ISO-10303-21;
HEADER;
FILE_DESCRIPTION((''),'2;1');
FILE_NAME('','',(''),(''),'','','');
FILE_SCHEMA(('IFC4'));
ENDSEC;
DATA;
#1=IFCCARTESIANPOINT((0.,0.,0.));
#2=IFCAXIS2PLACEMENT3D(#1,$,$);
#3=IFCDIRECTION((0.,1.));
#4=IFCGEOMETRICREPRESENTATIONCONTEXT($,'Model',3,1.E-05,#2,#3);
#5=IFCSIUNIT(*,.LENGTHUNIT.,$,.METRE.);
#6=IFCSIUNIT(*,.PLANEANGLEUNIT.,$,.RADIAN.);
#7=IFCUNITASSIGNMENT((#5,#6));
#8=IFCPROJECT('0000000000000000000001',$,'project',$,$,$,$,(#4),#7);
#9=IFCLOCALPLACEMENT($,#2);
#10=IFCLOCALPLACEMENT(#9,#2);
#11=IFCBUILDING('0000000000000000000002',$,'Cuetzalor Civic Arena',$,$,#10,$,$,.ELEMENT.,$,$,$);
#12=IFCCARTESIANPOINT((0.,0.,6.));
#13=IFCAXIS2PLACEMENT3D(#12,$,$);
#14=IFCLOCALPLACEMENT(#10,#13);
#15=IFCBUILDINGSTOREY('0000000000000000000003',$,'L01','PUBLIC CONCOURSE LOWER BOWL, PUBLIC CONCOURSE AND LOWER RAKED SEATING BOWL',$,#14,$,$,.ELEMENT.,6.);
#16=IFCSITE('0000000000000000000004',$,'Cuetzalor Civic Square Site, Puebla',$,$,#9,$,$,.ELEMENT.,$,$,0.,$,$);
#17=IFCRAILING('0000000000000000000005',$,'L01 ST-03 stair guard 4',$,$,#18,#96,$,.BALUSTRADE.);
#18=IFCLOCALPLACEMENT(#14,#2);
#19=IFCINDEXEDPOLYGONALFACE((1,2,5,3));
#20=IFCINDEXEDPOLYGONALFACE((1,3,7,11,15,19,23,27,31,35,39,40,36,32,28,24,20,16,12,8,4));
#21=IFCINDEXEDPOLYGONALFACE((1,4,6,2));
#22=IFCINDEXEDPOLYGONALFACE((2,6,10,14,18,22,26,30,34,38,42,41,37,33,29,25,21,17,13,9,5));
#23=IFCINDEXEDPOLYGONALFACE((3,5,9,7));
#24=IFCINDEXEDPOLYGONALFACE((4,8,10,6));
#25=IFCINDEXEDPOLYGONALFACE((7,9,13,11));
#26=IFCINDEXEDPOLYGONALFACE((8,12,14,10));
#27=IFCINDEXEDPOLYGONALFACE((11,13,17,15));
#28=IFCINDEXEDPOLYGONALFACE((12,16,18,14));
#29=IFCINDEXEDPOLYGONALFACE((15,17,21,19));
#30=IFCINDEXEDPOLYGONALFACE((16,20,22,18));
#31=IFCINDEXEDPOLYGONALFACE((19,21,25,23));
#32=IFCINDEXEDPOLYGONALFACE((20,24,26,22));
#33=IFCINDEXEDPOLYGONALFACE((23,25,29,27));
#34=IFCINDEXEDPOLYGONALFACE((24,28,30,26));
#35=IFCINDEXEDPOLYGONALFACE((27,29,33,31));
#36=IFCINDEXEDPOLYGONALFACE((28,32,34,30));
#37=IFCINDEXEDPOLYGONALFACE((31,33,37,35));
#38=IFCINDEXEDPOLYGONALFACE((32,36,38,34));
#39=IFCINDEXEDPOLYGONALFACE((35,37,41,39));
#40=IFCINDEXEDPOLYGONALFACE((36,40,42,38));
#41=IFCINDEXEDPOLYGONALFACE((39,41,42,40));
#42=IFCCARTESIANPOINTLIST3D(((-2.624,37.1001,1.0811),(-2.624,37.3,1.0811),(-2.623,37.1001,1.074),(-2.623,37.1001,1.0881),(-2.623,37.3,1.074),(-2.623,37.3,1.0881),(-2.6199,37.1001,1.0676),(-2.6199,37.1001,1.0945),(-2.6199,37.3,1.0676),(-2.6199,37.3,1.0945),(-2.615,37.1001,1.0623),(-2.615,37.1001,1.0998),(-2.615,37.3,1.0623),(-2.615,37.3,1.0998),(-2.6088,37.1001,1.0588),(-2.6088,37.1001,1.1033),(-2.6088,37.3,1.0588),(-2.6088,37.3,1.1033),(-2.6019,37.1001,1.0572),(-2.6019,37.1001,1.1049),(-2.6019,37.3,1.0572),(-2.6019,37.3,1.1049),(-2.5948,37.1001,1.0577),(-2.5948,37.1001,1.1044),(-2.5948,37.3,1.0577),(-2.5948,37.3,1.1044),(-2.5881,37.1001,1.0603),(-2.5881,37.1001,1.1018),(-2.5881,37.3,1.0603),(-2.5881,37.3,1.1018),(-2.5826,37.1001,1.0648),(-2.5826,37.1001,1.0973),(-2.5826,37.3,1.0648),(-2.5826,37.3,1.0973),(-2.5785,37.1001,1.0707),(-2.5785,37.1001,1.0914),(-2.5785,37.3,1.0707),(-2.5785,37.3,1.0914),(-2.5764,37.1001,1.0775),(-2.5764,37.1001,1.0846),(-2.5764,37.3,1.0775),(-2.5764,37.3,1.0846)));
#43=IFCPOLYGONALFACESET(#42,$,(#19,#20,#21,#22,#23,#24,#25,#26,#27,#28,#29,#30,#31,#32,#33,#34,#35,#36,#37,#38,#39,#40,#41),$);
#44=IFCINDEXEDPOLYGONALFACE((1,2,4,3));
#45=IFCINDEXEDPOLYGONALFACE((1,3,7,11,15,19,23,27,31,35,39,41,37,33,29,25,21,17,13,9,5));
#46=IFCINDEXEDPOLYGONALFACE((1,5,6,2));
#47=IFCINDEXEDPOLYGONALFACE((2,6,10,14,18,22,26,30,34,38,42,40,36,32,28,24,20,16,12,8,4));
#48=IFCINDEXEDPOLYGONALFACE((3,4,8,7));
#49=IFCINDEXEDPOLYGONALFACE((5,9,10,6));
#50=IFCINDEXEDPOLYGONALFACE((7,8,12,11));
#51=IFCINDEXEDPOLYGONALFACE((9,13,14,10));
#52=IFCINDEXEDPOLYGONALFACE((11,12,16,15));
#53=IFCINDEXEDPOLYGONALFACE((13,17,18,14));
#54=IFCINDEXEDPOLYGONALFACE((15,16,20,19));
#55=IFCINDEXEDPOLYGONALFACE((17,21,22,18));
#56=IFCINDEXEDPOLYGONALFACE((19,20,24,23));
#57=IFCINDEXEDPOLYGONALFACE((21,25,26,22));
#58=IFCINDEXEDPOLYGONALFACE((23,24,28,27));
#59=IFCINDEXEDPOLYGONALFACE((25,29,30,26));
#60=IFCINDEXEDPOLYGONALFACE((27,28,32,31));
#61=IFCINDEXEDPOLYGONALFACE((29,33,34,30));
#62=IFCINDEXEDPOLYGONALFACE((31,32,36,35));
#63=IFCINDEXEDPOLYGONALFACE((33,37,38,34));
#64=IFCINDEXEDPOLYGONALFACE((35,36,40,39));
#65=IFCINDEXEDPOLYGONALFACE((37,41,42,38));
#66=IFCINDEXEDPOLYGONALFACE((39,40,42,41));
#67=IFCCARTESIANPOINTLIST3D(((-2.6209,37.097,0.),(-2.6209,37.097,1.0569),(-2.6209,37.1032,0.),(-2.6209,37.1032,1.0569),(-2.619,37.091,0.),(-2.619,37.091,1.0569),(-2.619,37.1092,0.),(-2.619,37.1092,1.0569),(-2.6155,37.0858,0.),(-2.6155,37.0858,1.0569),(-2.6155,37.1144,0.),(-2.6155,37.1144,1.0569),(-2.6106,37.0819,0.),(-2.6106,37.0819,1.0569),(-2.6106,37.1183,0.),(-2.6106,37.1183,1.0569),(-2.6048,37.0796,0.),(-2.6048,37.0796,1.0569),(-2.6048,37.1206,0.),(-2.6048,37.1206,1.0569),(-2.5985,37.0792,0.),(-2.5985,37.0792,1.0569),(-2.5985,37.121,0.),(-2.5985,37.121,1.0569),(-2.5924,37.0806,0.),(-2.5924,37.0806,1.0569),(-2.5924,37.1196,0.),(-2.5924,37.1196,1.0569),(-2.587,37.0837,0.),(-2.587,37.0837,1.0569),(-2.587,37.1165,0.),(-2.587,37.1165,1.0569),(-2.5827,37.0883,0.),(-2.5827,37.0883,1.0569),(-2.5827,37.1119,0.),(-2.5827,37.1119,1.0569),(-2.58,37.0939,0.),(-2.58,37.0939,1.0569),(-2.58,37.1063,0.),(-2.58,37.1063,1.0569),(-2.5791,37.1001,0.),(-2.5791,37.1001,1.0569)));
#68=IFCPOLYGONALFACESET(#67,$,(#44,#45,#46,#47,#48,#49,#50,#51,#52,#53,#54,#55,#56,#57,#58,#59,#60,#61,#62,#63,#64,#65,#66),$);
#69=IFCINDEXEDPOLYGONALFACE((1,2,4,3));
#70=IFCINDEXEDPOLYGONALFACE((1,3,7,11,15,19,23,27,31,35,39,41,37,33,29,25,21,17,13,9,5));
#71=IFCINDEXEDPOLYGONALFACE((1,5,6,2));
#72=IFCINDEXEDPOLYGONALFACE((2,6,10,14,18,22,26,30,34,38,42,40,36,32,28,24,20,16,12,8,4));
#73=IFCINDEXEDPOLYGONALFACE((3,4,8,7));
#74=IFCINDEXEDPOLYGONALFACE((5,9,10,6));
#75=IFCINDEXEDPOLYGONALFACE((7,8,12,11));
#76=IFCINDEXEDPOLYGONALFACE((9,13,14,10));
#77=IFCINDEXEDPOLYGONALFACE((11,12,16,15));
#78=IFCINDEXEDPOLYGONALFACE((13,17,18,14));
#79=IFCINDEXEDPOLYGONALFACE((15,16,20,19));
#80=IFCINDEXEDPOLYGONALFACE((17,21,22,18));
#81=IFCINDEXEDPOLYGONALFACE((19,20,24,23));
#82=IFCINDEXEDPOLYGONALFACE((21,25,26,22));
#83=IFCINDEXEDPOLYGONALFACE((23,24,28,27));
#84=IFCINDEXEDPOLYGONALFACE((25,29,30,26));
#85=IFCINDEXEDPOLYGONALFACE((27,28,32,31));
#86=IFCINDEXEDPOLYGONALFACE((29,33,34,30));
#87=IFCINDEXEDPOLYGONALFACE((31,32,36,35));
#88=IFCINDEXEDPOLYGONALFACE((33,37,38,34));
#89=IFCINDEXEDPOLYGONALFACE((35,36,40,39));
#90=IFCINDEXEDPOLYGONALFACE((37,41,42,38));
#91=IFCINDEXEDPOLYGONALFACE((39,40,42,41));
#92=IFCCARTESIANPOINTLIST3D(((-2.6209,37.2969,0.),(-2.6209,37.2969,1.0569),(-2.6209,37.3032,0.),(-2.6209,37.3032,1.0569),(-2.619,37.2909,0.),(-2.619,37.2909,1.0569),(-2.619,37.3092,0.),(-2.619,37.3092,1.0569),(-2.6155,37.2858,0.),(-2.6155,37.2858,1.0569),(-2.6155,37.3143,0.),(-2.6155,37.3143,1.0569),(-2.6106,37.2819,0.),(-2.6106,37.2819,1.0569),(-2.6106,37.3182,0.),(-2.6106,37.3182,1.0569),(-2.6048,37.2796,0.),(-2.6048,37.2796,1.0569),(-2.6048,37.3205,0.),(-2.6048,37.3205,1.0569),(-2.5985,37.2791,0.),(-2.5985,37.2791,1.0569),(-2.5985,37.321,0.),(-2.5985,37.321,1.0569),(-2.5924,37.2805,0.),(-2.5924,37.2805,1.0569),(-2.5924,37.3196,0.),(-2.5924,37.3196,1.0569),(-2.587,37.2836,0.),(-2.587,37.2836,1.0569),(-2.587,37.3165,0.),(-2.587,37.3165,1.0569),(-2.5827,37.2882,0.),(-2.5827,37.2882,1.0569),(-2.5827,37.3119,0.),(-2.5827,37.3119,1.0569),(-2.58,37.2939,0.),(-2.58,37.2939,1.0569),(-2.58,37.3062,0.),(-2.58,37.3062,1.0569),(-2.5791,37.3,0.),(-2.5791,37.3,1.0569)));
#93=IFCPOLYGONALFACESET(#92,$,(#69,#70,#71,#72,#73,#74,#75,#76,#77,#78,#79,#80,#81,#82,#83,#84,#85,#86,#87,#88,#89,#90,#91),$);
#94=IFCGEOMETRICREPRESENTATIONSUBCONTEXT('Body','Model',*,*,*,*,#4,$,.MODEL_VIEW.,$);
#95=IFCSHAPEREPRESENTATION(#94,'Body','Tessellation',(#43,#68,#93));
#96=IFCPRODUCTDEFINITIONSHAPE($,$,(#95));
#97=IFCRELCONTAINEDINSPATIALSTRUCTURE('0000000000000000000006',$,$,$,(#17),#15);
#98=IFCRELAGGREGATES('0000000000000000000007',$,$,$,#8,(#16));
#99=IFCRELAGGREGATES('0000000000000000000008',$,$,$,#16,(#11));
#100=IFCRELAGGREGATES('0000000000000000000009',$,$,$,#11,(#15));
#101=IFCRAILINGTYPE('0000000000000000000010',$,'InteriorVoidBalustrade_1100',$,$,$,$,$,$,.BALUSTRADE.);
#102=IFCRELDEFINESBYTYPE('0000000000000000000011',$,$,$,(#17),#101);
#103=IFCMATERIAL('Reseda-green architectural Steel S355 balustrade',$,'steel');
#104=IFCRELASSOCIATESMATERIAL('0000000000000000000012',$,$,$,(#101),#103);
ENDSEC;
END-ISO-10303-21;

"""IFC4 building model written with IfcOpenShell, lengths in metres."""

from ifc_helpers import new_model, si_unit, direction, frame, origin, origin_2d, place, context, subcontext, project, spatial, circle, extrude, material, type_object, element, save


model = new_model("IFC4")

# Units and contexts
model_context = context("Model", 3, precision=1e-05, world=origin(), true_north=direction((0.0, 1.0)))
body_context = subcontext(model_context, "Body", "Model", "MODEL_VIEW")
ifc_project = project(units=[si_unit("LENGTHUNIT", "METRE"), si_unit("PLANEANGLEUNIT", "RADIAN")], contexts=[model_context])

# Site, building, storey
site_placement = place(None, origin())
site = spatial("IfcSite", under=ifc_project, at=site_placement, Name="Cuetzalor Civic Square Site, Puebla", CompositionType="ELEMENT", RefElevation=0.0)
building_placement = place(site_placement, origin())
building = spatial("IfcBuilding", under=site, at=building_placement, Name="Cuetzalor Civic Arena", CompositionType="ELEMENT")
storey_placement = place(building_placement, frame((0.0, 0.0, 6.0)))
storey = spatial("IfcBuildingStorey", under=building, at=storey_placement, Name="L01", Description="PUBLIC CONCOURSE LOWER BOWL, PUBLIC CONCOURSE AND LOWER RAKED SEATING BOWL", CompositionType="ELEMENT", Elevation=6.0)

# Railing
ifc_material_1 = material(Name="Reseda-green architectural Steel S355 balustrade", Category="steel")
railing_type_1 = type_object("IfcRailingType", Name="InteriorVoidBalustrade_1100", PredefinedType="BALUSTRADE", material=ifc_material_1)
railing_1_placement = place(storey_placement, frame((-2.6001, 37.1001, 0.0)))
element("IfcRailing", 1, at=railing_1_placement, inside=storey, type_object=railing_type_1, Name="L01 ST-03 stair guard 4", PredefinedType="BALUSTRADE", context=body_context, shape_type="SweptSolid", body=[
    extrude(circle(Radius=0.0239, at=origin_2d()), frame((0.0, 0.0, 1.0811), z_axis=(0.0, 1.0, 0.0), x_axis=(-1.0, 0.0, 0.0)), (0.0, 0.0, 1.0), 0.2),
    extrude(circle(Radius=0.021, at=origin_2d()), origin(), (0.0, 0.0, 1.0), 1.0569),
    extrude(circle(Radius=0.021, at=origin_2d()), frame((0.0, 0.2, 0.0)), (0.0, 0.0, 1.0), 1.0569),
])

save(model, "model.ifc")
